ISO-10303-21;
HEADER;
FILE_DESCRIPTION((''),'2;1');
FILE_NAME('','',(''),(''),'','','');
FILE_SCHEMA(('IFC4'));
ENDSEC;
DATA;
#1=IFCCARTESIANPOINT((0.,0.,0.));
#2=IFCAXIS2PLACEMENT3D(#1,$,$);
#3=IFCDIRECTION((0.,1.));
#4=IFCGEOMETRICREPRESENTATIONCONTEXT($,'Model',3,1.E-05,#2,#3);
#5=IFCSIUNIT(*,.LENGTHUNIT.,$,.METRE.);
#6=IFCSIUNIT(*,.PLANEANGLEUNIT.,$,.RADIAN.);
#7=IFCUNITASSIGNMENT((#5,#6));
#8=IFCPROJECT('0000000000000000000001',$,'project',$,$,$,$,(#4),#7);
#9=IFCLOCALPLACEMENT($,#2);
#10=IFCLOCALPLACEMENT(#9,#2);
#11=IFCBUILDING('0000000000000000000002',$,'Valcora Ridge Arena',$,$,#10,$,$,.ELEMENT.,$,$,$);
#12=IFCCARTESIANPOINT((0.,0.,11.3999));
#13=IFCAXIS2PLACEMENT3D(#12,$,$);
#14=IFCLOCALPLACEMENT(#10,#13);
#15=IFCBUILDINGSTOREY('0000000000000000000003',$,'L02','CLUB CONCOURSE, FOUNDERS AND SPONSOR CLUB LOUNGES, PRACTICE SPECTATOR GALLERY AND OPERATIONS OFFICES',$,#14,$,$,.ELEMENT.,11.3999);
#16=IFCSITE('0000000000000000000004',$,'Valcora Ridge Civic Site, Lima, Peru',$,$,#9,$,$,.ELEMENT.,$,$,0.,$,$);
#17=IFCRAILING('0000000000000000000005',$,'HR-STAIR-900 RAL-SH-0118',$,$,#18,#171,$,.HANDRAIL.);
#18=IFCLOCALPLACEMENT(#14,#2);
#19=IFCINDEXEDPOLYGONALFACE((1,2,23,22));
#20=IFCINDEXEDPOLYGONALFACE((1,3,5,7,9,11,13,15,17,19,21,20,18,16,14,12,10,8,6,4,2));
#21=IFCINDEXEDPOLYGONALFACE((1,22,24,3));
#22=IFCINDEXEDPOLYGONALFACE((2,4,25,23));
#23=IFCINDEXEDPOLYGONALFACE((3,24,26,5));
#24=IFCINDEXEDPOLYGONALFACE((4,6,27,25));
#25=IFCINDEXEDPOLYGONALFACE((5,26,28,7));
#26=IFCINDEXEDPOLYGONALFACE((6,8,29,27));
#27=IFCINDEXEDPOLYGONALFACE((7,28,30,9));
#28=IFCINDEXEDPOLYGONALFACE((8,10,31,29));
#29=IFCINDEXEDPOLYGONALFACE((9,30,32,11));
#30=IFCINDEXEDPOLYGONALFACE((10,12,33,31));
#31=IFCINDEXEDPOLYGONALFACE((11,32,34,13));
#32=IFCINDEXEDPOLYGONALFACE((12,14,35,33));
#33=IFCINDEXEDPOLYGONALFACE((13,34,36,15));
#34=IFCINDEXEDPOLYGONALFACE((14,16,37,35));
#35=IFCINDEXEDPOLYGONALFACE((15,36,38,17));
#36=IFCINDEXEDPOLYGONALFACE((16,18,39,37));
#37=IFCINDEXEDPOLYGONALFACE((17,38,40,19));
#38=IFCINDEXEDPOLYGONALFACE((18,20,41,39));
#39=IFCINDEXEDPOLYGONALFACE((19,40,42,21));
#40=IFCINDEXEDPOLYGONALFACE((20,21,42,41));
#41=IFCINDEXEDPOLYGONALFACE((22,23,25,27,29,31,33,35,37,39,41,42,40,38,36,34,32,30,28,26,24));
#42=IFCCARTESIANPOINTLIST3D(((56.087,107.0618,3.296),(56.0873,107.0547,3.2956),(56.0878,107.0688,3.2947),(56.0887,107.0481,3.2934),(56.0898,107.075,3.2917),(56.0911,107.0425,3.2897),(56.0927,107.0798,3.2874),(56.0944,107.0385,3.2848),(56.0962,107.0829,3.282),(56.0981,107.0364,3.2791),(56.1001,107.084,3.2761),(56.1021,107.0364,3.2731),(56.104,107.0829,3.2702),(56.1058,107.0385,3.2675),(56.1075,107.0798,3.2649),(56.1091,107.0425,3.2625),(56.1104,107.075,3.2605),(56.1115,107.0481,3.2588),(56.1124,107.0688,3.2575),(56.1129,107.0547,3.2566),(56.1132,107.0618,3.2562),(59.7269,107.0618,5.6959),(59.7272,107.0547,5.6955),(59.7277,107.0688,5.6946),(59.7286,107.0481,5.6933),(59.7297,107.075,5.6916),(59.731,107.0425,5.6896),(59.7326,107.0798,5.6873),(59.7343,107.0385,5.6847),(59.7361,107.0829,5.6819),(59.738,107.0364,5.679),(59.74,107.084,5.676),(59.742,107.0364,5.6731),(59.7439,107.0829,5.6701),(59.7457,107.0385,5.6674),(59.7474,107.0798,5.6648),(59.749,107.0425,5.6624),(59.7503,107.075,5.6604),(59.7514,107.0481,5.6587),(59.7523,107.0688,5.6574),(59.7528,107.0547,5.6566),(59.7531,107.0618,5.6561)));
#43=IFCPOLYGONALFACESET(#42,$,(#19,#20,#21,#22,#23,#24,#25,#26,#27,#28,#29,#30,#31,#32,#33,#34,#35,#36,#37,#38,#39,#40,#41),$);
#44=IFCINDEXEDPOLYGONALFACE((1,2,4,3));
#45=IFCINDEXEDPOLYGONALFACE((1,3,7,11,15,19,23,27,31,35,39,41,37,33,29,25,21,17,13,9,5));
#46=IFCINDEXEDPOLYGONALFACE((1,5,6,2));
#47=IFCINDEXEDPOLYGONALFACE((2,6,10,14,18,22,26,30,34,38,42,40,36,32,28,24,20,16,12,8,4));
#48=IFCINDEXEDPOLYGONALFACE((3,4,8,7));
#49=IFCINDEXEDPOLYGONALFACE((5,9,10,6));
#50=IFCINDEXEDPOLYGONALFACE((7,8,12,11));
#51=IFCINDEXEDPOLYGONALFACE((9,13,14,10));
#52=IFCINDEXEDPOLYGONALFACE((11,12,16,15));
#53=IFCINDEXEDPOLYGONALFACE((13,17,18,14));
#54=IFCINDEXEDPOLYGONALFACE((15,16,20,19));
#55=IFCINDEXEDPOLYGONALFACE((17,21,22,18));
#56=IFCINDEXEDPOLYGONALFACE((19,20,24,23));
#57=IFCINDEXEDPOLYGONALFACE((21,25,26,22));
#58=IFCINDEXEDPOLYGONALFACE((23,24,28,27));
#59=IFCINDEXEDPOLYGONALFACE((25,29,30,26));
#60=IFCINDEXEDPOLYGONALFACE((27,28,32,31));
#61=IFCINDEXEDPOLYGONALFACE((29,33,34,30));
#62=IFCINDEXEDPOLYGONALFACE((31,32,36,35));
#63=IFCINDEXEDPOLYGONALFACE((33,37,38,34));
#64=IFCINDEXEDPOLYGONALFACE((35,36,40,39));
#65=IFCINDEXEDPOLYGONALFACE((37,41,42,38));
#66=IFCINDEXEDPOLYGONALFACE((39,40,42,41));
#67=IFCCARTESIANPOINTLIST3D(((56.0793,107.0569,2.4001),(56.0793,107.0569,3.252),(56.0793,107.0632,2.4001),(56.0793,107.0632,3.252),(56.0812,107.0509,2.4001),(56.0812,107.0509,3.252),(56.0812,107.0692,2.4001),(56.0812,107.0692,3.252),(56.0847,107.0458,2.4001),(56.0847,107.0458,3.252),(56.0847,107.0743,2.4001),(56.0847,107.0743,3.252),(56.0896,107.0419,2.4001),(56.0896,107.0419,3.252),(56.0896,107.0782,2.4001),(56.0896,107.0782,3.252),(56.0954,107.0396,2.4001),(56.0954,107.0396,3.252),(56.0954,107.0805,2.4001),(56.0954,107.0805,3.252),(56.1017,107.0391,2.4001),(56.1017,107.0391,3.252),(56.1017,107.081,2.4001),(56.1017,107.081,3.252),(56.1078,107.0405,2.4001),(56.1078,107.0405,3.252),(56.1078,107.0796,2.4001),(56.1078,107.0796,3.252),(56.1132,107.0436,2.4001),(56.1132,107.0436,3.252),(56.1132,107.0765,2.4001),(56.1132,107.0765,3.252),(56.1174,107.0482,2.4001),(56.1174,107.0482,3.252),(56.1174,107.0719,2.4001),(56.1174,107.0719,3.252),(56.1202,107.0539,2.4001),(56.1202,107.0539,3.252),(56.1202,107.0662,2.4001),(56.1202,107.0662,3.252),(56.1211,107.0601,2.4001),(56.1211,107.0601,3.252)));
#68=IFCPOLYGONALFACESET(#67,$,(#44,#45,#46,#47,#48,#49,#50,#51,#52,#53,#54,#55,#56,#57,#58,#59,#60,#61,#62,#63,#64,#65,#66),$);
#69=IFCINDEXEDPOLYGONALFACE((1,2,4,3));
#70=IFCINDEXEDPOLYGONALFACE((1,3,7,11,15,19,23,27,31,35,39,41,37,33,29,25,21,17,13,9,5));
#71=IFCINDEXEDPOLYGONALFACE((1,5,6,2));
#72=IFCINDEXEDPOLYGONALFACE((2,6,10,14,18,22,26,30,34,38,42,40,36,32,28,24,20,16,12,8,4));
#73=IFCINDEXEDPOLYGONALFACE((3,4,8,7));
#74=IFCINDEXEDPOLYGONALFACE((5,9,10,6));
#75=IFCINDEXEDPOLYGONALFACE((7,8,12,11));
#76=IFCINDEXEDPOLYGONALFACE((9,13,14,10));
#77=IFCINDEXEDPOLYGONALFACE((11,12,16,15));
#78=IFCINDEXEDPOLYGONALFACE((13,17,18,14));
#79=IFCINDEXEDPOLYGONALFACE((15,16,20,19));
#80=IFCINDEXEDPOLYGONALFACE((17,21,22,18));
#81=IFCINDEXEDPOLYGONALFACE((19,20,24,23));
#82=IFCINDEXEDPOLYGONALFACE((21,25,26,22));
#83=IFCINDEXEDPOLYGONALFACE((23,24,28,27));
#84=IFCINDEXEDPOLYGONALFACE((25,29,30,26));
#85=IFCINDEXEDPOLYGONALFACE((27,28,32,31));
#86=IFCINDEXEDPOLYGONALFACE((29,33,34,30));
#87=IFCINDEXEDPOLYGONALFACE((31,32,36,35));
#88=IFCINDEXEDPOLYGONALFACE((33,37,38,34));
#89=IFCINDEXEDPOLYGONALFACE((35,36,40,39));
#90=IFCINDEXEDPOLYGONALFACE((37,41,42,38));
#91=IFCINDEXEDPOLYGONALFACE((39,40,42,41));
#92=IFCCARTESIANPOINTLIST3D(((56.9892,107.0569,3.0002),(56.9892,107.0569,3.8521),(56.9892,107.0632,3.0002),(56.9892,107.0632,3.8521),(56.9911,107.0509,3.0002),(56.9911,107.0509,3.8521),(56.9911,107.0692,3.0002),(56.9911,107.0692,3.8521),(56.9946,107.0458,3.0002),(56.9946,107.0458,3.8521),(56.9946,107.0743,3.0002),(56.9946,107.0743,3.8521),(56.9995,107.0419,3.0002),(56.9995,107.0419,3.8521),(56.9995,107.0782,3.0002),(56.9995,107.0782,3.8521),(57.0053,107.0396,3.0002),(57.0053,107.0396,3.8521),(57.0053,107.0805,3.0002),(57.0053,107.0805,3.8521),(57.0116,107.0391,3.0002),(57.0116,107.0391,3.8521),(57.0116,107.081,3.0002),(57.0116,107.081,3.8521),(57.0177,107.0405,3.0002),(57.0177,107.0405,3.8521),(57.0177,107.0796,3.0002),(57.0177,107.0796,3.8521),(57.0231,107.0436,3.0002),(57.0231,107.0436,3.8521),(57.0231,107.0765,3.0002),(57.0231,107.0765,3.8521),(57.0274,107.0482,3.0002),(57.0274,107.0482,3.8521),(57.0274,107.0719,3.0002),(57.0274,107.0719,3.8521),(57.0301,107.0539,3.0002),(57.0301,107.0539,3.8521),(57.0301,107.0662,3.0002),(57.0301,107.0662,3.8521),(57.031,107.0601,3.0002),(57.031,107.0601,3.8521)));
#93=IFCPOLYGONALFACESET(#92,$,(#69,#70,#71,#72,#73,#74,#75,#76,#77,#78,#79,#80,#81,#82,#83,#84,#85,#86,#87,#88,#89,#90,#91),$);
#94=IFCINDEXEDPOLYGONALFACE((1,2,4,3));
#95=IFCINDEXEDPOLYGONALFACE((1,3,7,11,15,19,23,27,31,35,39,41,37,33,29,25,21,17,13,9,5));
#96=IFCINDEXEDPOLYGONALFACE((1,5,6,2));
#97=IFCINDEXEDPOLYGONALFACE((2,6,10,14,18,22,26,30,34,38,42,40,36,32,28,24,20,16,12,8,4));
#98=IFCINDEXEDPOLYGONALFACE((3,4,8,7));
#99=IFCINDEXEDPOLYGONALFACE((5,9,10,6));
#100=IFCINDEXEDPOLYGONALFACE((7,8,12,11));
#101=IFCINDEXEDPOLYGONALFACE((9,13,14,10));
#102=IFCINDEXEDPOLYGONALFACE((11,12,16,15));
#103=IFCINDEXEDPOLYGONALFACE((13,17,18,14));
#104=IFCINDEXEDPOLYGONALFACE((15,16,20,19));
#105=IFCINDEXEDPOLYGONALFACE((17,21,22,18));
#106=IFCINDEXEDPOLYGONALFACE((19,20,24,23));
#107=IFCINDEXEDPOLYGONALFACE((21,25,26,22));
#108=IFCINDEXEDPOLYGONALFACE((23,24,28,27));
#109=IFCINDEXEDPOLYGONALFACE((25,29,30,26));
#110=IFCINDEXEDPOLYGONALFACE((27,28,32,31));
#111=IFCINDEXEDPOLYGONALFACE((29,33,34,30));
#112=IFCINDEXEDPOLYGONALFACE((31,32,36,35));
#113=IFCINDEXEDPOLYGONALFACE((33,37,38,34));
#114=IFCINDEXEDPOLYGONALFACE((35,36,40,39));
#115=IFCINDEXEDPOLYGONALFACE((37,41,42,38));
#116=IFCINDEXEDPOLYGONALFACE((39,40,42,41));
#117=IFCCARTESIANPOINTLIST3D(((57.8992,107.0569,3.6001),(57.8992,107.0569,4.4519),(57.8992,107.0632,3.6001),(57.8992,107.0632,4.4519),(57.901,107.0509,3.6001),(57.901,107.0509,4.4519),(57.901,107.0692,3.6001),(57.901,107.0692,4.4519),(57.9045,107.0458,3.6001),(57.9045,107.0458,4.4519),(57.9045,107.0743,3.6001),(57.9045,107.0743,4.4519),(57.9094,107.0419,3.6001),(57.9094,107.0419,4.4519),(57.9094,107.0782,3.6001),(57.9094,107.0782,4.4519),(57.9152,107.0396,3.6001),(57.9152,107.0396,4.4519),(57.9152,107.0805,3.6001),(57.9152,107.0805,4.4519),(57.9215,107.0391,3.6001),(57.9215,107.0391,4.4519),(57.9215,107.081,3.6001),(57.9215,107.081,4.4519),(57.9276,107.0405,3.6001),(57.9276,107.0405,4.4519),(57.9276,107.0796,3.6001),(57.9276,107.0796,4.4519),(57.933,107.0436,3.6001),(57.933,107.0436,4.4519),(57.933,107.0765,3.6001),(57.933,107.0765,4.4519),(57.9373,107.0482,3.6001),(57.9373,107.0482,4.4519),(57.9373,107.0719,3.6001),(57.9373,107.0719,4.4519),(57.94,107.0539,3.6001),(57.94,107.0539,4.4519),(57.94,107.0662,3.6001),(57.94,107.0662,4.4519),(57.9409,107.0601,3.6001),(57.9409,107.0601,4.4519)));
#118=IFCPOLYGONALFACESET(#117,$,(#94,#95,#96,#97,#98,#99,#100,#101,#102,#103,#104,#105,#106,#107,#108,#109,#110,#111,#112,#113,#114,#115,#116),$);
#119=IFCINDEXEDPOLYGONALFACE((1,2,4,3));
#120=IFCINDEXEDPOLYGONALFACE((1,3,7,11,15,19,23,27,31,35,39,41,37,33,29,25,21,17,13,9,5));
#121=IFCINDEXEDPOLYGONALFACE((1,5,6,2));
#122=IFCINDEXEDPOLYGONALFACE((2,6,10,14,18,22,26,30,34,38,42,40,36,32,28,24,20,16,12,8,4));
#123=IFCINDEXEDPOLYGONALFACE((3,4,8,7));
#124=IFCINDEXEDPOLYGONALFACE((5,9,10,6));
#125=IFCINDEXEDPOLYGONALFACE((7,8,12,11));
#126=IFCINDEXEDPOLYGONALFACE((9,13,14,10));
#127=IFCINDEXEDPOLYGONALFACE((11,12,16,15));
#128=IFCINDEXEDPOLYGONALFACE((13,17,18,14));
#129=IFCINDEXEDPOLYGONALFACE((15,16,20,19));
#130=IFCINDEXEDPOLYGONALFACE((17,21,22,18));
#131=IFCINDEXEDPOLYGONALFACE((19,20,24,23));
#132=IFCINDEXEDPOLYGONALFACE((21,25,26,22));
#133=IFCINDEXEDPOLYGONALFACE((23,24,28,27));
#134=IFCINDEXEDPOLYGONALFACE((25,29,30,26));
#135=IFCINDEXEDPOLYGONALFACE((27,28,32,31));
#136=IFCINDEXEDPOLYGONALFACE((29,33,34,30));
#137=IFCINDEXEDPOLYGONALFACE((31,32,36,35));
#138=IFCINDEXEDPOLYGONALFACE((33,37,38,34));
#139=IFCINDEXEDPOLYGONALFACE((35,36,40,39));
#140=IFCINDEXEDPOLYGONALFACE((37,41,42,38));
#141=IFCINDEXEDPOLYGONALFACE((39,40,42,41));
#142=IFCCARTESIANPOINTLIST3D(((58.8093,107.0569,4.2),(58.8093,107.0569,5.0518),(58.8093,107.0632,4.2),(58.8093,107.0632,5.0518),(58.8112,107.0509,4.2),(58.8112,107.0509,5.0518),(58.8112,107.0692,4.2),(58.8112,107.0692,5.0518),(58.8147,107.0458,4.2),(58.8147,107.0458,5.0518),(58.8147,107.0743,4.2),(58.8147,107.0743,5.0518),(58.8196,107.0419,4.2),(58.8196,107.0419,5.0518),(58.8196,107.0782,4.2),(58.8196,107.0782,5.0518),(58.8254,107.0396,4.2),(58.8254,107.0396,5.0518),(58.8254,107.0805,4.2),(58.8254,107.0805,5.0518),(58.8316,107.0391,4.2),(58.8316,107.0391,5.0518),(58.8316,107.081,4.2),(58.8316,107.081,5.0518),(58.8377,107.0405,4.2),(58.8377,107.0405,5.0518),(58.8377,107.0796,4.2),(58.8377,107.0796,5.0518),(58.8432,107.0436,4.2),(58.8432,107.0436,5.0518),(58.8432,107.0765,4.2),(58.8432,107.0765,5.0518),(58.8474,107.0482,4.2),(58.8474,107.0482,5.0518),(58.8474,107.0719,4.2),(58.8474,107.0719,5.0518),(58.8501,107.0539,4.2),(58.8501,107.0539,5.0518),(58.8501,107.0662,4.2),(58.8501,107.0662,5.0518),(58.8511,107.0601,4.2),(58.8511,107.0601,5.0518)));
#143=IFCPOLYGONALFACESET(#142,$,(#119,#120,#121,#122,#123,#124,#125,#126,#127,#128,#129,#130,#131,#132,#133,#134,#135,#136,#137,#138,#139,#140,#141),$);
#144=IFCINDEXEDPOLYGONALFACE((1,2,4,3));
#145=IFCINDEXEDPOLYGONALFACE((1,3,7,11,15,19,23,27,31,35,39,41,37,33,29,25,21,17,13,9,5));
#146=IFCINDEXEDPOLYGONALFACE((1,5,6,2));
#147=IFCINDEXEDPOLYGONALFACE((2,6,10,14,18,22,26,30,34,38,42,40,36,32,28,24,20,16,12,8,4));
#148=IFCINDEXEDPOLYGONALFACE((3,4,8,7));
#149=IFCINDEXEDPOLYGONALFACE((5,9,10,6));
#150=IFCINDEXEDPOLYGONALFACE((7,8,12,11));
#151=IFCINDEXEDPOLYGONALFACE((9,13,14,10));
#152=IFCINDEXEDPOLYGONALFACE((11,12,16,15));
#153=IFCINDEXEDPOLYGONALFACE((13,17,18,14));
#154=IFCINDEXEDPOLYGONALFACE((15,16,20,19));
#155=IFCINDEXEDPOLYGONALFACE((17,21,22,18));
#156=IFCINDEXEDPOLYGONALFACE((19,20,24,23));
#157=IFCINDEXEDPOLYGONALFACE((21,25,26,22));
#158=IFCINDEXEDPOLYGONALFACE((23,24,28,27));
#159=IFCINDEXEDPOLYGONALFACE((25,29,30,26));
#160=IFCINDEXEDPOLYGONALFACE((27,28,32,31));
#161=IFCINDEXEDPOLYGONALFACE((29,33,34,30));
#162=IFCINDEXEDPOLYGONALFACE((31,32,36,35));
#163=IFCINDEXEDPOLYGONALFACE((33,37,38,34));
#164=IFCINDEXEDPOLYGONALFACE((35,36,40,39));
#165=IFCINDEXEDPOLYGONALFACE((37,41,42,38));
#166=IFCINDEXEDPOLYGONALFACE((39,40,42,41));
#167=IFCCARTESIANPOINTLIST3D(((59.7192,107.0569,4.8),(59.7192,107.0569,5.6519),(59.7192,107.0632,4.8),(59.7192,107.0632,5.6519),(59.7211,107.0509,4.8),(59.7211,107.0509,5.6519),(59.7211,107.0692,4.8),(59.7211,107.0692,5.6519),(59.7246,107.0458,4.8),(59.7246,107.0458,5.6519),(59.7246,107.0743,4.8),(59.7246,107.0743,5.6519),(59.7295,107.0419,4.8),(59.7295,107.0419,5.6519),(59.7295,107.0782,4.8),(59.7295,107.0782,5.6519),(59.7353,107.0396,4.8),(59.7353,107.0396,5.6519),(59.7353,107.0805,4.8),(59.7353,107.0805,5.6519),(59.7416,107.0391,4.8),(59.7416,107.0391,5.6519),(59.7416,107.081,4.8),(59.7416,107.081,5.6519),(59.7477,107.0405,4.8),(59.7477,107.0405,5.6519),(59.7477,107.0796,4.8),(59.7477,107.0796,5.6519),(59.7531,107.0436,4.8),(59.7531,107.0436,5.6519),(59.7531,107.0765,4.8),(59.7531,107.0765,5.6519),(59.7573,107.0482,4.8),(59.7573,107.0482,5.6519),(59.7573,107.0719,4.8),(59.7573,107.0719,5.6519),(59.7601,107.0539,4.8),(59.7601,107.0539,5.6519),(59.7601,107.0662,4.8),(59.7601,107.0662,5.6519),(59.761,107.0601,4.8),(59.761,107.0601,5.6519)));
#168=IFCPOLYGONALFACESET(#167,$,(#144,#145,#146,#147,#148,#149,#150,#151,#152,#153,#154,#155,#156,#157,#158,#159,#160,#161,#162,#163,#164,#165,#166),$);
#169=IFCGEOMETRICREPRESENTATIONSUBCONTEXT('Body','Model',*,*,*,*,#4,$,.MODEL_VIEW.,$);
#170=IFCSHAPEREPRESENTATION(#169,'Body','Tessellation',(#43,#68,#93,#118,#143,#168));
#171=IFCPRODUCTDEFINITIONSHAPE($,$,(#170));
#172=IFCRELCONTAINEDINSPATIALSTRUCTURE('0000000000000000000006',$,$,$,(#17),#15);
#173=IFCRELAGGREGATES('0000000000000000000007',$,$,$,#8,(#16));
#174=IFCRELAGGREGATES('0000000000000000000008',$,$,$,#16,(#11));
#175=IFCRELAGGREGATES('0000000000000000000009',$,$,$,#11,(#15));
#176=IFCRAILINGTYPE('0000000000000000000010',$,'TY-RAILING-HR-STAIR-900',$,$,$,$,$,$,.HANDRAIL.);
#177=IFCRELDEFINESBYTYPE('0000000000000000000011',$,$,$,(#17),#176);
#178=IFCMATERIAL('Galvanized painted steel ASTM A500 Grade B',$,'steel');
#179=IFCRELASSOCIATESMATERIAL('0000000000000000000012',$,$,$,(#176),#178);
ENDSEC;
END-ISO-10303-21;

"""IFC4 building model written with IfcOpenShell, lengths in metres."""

from ifc_helpers import new_model, si_unit, direction, frame, origin, origin_2d, place, context, subcontext, project, spatial, circle, extrude, material, type_object, element, save


model = new_model("IFC4")

# Units and contexts
model_context = context("Model", 3, precision=1e-05, world=origin(), true_north=direction((0.0, 1.0)))
body_context = subcontext(model_context, "Body", "Model", "MODEL_VIEW")
ifc_project = project(units=[si_unit("LENGTHUNIT", "METRE"), si_unit("PLANEANGLEUNIT", "RADIAN")], contexts=[model_context])

# Site, building, storey
site_placement = place(None, origin())
site = spatial("IfcSite", under=ifc_project, at=site_placement, Name="Valcora Ridge Civic Site, Lima, Peru", CompositionType="ELEMENT", RefElevation=0.0)
building_placement = place(site_placement, origin())
building = spatial("IfcBuilding", under=site, at=building_placement, Name="Valcora Ridge Arena", CompositionType="ELEMENT")
storey_placement = place(building_placement, frame((0.0, 0.0, 11.3999)))
storey = spatial("IfcBuildingStorey", under=building, at=storey_placement, Name="L02", Description="CLUB CONCOURSE, FOUNDERS AND SPONSOR CLUB LOUNGES, PRACTICE SPECTATOR GALLERY AND OPERATIONS OFFICES", CompositionType="ELEMENT", Elevation=11.3999)

# Railing
ifc_material_1 = material(Name="Galvanized painted steel ASTM A500 Grade B", Category="steel")
railing_type_1 = type_object("IfcRailingType", Name="TY-RAILING-HR-STAIR-900", PredefinedType="HANDRAIL", material=ifc_material_1)
railing_1_placement = place(storey_placement, frame((56.1001, 107.0601, 2.4001)))
element("IfcRailing", 1, at=railing_1_placement, inside=storey, type_object=railing_type_1, Name="HR-STAIR-900 RAL-SH-0118", PredefinedType="HANDRAIL", context=body_context, shape_type="SweptSolid", body=[
    extrude(circle(Radius=0.0239, at=origin_2d()), frame((0.0, 0.0, 0.876), z_axis=(0.834865, 0.0, 0.550454), x_axis=(0.0, 1.0, 0.0)), (0.0, 0.0, 1.0), 4.3599),
    extrude(circle(Radius=0.021, at=origin_2d()), origin(), (0.0, 0.0, 1.0), 0.8518),
    extrude(circle(Radius=0.021, at=origin_2d()), frame((0.9099, 0.0, 0.6001)), (0.0, 0.0, 1.0), 0.8518),
    extrude(circle(Radius=0.021, at=origin_2d()), frame((1.8198, 0.0, 1.2)), (0.0, 0.0, 1.0), 0.8518),
    extrude(circle(Radius=0.021, at=origin_2d()), frame((2.73, 0.0, 1.7998)), (0.0, 0.0, 1.0), 0.8518),
    extrude(circle(Radius=0.021, at=origin_2d()), frame((3.6399, 0.0, 2.3999)), (0.0, 0.0, 1.0), 0.8518),
])

save(model, "model.ifc")
